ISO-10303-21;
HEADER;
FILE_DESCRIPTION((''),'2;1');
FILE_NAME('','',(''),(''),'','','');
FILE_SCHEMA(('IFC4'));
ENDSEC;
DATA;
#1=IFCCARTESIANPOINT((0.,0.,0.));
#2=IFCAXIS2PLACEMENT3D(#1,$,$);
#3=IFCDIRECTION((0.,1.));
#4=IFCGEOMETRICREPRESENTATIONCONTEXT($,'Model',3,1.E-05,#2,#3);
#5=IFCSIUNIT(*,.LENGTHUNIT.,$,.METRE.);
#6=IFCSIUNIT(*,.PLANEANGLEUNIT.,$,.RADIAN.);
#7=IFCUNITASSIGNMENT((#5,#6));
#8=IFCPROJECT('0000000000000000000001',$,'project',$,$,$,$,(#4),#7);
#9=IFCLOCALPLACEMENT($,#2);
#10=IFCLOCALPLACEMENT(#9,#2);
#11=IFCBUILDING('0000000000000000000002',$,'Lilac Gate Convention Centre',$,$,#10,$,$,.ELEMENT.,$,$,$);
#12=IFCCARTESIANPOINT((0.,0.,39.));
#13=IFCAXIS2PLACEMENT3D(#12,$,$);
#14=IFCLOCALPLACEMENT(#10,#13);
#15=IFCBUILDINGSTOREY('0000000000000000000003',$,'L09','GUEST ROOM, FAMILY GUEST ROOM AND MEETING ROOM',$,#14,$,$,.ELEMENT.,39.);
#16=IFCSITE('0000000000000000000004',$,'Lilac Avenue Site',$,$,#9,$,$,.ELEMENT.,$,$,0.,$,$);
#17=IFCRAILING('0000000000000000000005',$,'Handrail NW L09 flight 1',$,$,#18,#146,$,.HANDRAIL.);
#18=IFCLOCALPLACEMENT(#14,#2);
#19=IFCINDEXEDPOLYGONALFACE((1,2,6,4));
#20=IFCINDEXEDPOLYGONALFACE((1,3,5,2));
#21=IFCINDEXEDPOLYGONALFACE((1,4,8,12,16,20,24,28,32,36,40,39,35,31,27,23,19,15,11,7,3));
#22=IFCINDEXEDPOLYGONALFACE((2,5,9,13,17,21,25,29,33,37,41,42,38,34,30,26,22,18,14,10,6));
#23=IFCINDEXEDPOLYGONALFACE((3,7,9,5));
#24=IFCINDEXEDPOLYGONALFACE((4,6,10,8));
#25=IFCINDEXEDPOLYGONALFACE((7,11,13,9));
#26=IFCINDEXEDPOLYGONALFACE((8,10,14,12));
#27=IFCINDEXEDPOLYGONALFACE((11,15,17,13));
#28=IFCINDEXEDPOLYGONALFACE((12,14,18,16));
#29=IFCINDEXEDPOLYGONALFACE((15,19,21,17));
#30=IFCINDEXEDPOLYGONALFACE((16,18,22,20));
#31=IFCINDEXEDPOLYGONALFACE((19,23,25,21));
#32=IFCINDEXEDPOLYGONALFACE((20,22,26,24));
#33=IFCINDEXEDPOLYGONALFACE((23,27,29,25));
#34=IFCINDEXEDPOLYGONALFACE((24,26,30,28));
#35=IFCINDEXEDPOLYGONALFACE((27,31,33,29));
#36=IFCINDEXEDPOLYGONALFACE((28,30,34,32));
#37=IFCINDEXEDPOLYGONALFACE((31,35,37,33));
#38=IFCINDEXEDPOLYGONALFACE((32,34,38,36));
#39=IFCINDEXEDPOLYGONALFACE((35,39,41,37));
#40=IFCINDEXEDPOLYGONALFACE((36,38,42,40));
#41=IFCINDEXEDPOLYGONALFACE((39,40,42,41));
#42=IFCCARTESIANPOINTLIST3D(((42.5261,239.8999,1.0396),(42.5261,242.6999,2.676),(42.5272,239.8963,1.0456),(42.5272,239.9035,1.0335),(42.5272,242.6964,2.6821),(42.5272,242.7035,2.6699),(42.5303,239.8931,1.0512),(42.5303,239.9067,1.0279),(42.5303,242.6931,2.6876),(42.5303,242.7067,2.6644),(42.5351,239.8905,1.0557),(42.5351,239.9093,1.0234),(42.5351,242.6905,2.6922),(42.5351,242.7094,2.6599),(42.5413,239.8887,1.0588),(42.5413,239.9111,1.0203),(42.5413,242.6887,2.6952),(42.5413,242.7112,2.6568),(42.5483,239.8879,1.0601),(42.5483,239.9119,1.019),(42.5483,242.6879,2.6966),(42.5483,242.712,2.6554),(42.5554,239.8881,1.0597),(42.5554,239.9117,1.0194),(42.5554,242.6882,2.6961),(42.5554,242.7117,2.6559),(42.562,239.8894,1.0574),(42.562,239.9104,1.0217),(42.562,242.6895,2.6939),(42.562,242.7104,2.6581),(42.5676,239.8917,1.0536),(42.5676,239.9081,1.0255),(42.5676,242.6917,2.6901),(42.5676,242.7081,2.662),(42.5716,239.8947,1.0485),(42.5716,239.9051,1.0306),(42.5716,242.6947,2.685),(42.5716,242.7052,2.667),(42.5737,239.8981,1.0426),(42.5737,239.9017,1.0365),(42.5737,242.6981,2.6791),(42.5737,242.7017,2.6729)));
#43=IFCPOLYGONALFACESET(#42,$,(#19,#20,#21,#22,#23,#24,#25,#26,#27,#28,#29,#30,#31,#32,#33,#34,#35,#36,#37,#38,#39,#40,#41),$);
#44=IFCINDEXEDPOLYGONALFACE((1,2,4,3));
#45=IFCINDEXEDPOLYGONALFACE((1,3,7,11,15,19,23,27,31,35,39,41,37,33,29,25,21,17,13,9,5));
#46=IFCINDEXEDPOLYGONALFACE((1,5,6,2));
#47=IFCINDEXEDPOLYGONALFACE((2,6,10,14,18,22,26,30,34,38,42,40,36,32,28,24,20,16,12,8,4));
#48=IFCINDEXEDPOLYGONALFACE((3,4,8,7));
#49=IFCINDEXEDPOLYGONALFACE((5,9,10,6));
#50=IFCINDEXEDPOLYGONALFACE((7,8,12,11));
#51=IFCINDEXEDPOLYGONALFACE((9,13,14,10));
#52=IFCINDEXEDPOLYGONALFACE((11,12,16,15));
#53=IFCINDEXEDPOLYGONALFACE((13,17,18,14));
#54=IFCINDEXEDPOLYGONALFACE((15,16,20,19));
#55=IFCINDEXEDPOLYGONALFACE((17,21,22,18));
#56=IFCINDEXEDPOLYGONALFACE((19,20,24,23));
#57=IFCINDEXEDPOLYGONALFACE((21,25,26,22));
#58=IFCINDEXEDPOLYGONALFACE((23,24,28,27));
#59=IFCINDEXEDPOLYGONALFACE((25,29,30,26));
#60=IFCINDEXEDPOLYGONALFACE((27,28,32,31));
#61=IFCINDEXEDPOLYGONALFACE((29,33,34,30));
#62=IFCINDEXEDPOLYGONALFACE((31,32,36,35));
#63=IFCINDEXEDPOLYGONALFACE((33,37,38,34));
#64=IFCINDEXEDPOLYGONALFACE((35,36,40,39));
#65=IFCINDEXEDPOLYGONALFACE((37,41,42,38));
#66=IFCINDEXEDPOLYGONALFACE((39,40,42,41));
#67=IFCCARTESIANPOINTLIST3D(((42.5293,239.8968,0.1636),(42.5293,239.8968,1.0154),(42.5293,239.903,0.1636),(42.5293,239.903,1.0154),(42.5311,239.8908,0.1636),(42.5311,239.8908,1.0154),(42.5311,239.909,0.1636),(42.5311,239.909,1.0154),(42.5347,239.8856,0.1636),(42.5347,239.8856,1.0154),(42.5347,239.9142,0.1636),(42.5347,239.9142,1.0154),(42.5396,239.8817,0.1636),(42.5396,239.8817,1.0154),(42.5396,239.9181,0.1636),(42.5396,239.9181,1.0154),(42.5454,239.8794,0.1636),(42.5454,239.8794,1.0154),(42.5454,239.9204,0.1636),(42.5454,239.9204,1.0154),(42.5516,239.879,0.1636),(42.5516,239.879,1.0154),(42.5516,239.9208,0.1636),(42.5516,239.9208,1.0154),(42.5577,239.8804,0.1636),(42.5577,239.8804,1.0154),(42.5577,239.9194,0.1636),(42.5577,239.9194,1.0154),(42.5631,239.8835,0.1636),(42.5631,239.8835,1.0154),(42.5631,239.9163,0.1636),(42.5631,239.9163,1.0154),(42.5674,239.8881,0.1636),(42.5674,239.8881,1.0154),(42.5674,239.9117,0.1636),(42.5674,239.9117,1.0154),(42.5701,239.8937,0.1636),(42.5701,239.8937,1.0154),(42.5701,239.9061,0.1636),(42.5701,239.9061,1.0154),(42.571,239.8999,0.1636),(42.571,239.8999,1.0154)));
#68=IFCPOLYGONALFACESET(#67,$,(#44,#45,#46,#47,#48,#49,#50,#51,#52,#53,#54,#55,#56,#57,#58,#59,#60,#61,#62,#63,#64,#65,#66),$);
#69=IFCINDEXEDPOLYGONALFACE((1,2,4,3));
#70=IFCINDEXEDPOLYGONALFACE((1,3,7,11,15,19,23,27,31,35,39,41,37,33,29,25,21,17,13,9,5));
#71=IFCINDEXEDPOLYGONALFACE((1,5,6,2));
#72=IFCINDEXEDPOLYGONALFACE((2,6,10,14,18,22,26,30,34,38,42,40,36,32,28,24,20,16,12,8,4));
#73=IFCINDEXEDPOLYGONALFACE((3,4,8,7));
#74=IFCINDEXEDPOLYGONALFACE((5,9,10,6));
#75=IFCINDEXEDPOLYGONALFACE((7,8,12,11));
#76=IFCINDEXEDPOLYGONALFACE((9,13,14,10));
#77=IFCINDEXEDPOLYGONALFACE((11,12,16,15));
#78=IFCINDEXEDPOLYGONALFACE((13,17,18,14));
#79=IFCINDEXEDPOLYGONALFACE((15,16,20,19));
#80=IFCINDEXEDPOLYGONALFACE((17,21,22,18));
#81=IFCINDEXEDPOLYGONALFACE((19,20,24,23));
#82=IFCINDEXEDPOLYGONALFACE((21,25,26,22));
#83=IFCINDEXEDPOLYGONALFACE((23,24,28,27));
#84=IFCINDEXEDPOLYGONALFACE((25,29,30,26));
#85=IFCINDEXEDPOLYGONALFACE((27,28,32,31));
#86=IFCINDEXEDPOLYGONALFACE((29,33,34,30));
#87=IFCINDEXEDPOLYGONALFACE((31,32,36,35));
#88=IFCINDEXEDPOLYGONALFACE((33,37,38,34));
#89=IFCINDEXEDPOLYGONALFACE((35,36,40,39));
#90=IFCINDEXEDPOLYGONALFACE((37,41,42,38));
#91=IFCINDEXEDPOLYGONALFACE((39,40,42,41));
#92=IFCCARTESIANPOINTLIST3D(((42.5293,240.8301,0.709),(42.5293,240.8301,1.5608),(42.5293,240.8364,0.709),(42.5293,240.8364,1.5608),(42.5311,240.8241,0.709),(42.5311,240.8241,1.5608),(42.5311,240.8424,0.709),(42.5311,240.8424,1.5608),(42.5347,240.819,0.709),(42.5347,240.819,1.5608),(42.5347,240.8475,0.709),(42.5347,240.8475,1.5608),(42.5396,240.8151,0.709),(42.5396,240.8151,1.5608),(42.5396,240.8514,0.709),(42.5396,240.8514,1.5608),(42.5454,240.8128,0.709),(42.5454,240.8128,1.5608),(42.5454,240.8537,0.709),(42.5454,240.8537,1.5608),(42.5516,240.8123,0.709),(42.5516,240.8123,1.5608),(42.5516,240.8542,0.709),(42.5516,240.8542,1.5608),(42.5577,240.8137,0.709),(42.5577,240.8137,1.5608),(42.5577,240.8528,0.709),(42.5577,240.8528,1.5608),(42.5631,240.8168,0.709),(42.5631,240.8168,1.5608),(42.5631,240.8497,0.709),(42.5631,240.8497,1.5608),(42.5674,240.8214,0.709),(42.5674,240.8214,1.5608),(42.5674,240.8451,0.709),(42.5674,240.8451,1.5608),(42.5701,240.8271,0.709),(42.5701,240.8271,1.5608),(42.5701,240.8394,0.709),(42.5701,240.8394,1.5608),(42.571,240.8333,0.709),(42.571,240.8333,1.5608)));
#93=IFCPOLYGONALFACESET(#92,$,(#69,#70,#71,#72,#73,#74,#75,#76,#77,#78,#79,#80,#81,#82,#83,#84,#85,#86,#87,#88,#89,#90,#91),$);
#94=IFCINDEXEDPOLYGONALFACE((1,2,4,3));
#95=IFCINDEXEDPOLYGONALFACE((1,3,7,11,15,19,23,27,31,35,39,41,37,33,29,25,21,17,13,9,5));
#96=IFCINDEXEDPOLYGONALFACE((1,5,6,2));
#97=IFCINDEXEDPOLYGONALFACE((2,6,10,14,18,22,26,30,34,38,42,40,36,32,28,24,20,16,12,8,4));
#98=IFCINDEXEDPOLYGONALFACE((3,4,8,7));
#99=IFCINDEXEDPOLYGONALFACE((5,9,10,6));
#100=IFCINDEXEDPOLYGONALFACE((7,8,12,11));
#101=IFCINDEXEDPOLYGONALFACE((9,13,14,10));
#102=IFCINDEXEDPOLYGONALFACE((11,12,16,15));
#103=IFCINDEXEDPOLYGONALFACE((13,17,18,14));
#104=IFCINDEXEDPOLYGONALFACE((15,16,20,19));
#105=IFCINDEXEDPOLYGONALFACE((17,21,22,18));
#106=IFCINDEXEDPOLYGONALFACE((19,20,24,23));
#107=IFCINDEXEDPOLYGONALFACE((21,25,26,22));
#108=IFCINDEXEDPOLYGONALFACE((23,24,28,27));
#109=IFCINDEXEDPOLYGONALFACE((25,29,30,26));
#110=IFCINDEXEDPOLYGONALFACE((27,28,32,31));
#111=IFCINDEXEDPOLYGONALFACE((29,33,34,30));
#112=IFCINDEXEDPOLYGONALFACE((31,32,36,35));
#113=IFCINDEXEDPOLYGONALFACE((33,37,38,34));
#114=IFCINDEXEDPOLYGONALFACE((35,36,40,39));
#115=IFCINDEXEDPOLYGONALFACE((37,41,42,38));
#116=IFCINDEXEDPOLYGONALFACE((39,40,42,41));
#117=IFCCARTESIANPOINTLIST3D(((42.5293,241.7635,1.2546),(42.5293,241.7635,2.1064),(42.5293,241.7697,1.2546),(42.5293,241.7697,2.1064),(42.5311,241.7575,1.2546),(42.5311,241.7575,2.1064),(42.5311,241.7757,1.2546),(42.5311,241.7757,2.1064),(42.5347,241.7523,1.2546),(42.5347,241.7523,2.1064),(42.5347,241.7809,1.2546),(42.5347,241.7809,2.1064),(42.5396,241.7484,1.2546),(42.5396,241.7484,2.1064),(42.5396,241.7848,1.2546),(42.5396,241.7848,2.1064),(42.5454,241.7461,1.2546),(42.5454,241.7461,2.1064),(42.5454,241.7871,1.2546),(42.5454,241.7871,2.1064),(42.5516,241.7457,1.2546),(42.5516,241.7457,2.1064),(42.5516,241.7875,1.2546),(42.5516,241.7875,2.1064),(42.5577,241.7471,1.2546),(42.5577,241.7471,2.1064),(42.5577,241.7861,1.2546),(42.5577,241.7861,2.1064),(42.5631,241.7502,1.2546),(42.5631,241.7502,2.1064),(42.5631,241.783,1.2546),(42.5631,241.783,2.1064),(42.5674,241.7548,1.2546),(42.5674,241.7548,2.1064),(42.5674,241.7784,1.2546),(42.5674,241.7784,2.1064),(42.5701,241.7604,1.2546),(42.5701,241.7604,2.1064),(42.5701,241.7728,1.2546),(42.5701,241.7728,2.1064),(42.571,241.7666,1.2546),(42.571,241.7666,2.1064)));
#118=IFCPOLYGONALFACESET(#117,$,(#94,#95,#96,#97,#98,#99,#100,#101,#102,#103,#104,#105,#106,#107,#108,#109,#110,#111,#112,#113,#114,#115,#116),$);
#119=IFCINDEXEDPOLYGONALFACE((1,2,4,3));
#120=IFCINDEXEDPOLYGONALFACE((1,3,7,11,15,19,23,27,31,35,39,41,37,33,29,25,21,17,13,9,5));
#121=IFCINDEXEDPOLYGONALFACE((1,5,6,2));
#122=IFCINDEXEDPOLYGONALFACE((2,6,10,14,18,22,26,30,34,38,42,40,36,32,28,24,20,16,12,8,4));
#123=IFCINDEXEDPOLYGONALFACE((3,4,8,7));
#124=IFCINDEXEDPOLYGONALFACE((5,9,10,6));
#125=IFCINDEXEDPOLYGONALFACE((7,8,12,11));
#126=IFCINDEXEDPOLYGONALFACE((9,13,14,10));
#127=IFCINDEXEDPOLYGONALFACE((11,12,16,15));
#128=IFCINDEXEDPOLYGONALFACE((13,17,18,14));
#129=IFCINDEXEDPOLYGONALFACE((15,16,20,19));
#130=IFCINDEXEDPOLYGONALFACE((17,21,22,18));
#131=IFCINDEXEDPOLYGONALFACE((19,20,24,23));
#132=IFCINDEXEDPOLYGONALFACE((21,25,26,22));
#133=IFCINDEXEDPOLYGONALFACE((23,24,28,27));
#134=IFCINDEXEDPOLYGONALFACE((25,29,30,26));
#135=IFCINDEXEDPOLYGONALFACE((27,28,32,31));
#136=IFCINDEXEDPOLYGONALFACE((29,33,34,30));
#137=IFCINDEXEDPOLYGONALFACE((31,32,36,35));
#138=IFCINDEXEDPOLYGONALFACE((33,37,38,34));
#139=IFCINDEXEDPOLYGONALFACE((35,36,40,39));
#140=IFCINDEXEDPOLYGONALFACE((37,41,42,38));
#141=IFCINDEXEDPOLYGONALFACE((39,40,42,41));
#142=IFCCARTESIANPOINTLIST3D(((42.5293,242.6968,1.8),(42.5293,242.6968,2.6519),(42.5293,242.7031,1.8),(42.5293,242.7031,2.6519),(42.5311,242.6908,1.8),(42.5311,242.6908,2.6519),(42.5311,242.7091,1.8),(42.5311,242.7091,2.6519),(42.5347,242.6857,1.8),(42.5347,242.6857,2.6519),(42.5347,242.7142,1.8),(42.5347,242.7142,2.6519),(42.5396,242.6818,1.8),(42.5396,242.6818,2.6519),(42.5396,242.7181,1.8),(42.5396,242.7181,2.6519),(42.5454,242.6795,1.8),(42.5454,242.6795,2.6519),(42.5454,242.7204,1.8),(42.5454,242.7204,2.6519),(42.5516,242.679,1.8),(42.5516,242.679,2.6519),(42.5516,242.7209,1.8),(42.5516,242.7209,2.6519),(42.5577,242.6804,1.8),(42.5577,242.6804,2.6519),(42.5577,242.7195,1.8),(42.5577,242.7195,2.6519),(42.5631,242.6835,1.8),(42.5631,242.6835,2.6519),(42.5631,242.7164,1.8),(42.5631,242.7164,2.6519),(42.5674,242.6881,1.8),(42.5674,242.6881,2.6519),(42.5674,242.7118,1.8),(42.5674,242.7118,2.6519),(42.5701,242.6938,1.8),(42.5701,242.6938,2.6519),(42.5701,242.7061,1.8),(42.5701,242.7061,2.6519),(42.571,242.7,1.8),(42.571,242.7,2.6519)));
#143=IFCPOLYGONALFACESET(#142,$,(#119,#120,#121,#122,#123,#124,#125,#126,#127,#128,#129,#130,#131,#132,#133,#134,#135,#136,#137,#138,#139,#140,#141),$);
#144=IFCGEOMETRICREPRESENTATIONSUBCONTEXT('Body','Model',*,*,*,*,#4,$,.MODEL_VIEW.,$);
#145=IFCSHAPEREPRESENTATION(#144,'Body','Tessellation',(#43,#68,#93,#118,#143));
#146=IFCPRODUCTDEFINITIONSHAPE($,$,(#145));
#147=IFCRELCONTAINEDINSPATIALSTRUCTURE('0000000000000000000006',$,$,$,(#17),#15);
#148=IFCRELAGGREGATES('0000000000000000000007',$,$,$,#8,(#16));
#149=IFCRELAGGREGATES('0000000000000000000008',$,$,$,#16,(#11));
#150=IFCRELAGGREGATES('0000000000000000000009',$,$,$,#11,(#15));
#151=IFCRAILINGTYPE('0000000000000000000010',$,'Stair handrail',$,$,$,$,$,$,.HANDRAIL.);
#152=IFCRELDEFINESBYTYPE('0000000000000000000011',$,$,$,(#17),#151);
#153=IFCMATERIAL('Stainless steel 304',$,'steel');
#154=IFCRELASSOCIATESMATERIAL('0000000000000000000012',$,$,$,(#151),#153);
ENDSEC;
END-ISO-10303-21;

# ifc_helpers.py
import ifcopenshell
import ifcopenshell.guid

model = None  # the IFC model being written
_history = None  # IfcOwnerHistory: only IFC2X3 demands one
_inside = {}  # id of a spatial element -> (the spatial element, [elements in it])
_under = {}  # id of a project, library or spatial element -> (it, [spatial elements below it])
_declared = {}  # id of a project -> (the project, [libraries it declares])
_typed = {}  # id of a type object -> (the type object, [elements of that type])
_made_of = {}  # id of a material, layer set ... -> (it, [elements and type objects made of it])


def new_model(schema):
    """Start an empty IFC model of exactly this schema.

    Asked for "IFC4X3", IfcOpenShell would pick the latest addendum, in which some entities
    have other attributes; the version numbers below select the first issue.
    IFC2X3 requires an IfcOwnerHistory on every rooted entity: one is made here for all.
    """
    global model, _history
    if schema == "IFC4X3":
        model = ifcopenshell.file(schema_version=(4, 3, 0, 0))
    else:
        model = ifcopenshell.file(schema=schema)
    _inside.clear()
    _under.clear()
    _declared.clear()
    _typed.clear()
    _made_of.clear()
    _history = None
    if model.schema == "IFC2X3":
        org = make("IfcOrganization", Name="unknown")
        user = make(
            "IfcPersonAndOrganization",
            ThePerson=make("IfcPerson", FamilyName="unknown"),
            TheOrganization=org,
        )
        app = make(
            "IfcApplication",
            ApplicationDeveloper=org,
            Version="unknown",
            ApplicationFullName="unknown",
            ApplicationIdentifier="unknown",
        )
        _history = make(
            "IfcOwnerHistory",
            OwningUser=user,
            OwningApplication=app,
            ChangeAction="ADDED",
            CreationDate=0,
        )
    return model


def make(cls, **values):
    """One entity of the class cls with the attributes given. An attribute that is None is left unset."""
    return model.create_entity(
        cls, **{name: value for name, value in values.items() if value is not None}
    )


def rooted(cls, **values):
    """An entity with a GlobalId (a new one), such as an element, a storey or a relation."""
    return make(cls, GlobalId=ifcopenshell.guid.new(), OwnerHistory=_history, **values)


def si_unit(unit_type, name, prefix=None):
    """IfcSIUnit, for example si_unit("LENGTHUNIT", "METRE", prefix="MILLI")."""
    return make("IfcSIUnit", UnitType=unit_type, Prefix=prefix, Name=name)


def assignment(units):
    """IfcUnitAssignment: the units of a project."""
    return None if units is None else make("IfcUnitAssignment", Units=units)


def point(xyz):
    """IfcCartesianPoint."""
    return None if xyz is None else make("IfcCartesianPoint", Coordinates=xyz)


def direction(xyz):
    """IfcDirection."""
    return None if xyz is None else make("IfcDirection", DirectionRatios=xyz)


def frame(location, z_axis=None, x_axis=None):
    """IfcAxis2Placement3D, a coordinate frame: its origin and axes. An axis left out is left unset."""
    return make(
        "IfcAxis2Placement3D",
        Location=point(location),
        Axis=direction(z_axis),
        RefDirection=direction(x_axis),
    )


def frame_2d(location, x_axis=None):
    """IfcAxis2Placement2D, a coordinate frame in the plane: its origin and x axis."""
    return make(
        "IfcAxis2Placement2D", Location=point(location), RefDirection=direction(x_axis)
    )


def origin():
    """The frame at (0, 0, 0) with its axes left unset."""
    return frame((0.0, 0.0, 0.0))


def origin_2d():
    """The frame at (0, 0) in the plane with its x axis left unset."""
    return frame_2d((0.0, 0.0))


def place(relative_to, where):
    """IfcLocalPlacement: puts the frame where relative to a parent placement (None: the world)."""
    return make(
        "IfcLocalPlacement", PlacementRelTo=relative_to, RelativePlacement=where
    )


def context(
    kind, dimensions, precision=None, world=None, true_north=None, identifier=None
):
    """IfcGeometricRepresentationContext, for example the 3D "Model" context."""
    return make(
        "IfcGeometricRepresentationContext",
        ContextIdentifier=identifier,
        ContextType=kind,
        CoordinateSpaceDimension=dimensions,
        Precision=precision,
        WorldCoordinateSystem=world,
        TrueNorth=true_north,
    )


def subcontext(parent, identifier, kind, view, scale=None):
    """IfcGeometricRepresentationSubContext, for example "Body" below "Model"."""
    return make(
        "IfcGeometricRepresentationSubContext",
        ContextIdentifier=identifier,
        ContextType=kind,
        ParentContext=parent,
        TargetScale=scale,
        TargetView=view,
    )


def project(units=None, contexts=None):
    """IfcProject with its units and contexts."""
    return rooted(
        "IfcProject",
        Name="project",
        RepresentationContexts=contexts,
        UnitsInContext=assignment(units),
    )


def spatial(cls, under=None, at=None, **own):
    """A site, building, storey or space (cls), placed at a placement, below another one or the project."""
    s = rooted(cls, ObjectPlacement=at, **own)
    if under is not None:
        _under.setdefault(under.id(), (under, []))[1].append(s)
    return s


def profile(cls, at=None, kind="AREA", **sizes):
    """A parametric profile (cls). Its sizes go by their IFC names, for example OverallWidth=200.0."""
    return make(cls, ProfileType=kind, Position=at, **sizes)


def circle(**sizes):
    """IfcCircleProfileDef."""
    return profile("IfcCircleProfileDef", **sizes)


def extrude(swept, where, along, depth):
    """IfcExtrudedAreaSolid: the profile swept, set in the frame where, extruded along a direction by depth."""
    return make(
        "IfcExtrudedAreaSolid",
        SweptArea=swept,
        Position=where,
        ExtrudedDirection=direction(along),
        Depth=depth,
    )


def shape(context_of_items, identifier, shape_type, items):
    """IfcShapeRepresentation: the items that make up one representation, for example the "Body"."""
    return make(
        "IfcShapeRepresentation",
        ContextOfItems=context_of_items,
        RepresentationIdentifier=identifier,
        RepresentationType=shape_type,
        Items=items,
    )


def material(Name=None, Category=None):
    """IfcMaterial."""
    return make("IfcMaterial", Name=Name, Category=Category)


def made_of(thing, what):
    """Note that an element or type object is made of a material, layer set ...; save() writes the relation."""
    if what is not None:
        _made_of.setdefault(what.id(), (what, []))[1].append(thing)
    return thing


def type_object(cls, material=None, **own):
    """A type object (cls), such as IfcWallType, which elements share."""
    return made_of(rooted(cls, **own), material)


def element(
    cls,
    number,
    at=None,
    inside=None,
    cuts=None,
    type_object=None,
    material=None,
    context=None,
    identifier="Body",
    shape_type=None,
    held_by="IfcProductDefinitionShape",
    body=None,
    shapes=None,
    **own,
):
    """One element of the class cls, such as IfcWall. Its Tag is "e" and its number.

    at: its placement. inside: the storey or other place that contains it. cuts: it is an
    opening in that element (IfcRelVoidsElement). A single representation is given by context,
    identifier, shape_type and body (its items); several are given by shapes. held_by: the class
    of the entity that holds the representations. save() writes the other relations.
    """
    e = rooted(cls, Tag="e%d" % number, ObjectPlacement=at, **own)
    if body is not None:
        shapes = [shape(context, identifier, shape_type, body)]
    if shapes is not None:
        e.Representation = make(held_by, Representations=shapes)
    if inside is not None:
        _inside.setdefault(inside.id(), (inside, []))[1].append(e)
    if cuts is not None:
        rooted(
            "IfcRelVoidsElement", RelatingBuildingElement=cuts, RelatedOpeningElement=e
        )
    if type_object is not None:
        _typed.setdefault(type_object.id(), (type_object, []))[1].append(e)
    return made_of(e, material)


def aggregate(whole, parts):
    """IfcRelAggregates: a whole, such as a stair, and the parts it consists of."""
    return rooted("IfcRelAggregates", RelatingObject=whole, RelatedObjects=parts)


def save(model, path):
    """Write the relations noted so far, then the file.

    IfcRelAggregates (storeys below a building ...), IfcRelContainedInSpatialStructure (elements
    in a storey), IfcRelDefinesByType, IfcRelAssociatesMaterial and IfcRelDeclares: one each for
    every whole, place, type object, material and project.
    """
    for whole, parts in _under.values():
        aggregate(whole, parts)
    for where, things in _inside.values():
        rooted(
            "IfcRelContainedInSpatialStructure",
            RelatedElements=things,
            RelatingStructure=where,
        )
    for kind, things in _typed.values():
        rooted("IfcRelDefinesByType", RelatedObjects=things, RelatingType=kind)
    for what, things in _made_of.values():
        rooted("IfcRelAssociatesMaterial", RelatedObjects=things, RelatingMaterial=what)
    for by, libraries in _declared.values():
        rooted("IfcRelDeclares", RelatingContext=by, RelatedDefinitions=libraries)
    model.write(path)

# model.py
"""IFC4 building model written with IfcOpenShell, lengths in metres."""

from ifc_helpers import new_model, si_unit, direction, frame, origin, origin_2d, place, context, subcontext, project, spatial, circle, extrude, material, type_object, element, save


model = new_model("IFC4")

# Units and contexts
model_context = context("Model", 3, precision=1e-05, world=origin(), true_north=direction((0.0, 1.0)))
body_context = subcontext(model_context, "Body", "Model", "MODEL_VIEW")
ifc_project = project(units=[si_unit("LENGTHUNIT", "METRE"), si_unit("PLANEANGLEUNIT", "RADIAN")], contexts=[model_context])

# Site, building, storey
site_placement = place(None, origin())
site = spatial("IfcSite", under=ifc_project, at=site_placement, Name="Lilac Avenue Site", CompositionType="ELEMENT", RefElevation=0.0)
building_placement = place(site_placement, origin())
building = spatial("IfcBuilding", under=site, at=building_placement, Name="Lilac Gate Convention Centre", CompositionType="ELEMENT")
storey_placement = place(building_placement, frame((0.0, 0.0, 39.0)))
storey = spatial("IfcBuildingStorey", under=building, at=storey_placement, Name="L09", Description="GUEST ROOM, FAMILY GUEST ROOM AND MEETING ROOM", CompositionType="ELEMENT", Elevation=39.0)

# Railing
ifc_material_1 = material(Name="Stainless steel 304", Category="steel")
railing_type = type_object("IfcRailingType", Name="Stair handrail", PredefinedType="HANDRAIL", material=ifc_material_1)
for number, where, name in (
    (1, (42.55, 239.8999, 0.1636), "Handrail NW L09 flight 1"),
):
    element("IfcRailing", number, at=place(storey_placement, frame(where)), inside=storey, type_object=railing_type, Name=name, PredefinedType="HANDRAIL", context=body_context, shape_type="SweptSolid", body=[
        extrude(circle(Radius=0.0239, at=origin_2d()), frame((0.0, 0.0, 0.876), z_axis=(0.0, 0.863361, 0.504587), x_axis=(-1.0, 0.0, 0.0)), (0.0, 0.0, 1.0), 3.2432),
        extrude(circle(Radius=0.021, at=origin_2d()), origin(), (0.0, 0.0, 1.0), 0.8518),
        extrude(circle(Radius=0.021, at=origin_2d()), frame((0.0, 0.9333, 0.5454)), (0.0, 0.0, 1.0), 0.8518),
        extrude(circle(Radius=0.021, at=origin_2d()), frame((0.0, 1.8667, 1.0911)), (0.0, 0.0, 1.0), 0.8518),
        extrude(circle(Radius=0.021, at=origin_2d()), frame((0.0, 2.8, 1.6365)), (0.0, 0.0, 1.0), 0.8518),
    ])

save(model, "model.ifc")
